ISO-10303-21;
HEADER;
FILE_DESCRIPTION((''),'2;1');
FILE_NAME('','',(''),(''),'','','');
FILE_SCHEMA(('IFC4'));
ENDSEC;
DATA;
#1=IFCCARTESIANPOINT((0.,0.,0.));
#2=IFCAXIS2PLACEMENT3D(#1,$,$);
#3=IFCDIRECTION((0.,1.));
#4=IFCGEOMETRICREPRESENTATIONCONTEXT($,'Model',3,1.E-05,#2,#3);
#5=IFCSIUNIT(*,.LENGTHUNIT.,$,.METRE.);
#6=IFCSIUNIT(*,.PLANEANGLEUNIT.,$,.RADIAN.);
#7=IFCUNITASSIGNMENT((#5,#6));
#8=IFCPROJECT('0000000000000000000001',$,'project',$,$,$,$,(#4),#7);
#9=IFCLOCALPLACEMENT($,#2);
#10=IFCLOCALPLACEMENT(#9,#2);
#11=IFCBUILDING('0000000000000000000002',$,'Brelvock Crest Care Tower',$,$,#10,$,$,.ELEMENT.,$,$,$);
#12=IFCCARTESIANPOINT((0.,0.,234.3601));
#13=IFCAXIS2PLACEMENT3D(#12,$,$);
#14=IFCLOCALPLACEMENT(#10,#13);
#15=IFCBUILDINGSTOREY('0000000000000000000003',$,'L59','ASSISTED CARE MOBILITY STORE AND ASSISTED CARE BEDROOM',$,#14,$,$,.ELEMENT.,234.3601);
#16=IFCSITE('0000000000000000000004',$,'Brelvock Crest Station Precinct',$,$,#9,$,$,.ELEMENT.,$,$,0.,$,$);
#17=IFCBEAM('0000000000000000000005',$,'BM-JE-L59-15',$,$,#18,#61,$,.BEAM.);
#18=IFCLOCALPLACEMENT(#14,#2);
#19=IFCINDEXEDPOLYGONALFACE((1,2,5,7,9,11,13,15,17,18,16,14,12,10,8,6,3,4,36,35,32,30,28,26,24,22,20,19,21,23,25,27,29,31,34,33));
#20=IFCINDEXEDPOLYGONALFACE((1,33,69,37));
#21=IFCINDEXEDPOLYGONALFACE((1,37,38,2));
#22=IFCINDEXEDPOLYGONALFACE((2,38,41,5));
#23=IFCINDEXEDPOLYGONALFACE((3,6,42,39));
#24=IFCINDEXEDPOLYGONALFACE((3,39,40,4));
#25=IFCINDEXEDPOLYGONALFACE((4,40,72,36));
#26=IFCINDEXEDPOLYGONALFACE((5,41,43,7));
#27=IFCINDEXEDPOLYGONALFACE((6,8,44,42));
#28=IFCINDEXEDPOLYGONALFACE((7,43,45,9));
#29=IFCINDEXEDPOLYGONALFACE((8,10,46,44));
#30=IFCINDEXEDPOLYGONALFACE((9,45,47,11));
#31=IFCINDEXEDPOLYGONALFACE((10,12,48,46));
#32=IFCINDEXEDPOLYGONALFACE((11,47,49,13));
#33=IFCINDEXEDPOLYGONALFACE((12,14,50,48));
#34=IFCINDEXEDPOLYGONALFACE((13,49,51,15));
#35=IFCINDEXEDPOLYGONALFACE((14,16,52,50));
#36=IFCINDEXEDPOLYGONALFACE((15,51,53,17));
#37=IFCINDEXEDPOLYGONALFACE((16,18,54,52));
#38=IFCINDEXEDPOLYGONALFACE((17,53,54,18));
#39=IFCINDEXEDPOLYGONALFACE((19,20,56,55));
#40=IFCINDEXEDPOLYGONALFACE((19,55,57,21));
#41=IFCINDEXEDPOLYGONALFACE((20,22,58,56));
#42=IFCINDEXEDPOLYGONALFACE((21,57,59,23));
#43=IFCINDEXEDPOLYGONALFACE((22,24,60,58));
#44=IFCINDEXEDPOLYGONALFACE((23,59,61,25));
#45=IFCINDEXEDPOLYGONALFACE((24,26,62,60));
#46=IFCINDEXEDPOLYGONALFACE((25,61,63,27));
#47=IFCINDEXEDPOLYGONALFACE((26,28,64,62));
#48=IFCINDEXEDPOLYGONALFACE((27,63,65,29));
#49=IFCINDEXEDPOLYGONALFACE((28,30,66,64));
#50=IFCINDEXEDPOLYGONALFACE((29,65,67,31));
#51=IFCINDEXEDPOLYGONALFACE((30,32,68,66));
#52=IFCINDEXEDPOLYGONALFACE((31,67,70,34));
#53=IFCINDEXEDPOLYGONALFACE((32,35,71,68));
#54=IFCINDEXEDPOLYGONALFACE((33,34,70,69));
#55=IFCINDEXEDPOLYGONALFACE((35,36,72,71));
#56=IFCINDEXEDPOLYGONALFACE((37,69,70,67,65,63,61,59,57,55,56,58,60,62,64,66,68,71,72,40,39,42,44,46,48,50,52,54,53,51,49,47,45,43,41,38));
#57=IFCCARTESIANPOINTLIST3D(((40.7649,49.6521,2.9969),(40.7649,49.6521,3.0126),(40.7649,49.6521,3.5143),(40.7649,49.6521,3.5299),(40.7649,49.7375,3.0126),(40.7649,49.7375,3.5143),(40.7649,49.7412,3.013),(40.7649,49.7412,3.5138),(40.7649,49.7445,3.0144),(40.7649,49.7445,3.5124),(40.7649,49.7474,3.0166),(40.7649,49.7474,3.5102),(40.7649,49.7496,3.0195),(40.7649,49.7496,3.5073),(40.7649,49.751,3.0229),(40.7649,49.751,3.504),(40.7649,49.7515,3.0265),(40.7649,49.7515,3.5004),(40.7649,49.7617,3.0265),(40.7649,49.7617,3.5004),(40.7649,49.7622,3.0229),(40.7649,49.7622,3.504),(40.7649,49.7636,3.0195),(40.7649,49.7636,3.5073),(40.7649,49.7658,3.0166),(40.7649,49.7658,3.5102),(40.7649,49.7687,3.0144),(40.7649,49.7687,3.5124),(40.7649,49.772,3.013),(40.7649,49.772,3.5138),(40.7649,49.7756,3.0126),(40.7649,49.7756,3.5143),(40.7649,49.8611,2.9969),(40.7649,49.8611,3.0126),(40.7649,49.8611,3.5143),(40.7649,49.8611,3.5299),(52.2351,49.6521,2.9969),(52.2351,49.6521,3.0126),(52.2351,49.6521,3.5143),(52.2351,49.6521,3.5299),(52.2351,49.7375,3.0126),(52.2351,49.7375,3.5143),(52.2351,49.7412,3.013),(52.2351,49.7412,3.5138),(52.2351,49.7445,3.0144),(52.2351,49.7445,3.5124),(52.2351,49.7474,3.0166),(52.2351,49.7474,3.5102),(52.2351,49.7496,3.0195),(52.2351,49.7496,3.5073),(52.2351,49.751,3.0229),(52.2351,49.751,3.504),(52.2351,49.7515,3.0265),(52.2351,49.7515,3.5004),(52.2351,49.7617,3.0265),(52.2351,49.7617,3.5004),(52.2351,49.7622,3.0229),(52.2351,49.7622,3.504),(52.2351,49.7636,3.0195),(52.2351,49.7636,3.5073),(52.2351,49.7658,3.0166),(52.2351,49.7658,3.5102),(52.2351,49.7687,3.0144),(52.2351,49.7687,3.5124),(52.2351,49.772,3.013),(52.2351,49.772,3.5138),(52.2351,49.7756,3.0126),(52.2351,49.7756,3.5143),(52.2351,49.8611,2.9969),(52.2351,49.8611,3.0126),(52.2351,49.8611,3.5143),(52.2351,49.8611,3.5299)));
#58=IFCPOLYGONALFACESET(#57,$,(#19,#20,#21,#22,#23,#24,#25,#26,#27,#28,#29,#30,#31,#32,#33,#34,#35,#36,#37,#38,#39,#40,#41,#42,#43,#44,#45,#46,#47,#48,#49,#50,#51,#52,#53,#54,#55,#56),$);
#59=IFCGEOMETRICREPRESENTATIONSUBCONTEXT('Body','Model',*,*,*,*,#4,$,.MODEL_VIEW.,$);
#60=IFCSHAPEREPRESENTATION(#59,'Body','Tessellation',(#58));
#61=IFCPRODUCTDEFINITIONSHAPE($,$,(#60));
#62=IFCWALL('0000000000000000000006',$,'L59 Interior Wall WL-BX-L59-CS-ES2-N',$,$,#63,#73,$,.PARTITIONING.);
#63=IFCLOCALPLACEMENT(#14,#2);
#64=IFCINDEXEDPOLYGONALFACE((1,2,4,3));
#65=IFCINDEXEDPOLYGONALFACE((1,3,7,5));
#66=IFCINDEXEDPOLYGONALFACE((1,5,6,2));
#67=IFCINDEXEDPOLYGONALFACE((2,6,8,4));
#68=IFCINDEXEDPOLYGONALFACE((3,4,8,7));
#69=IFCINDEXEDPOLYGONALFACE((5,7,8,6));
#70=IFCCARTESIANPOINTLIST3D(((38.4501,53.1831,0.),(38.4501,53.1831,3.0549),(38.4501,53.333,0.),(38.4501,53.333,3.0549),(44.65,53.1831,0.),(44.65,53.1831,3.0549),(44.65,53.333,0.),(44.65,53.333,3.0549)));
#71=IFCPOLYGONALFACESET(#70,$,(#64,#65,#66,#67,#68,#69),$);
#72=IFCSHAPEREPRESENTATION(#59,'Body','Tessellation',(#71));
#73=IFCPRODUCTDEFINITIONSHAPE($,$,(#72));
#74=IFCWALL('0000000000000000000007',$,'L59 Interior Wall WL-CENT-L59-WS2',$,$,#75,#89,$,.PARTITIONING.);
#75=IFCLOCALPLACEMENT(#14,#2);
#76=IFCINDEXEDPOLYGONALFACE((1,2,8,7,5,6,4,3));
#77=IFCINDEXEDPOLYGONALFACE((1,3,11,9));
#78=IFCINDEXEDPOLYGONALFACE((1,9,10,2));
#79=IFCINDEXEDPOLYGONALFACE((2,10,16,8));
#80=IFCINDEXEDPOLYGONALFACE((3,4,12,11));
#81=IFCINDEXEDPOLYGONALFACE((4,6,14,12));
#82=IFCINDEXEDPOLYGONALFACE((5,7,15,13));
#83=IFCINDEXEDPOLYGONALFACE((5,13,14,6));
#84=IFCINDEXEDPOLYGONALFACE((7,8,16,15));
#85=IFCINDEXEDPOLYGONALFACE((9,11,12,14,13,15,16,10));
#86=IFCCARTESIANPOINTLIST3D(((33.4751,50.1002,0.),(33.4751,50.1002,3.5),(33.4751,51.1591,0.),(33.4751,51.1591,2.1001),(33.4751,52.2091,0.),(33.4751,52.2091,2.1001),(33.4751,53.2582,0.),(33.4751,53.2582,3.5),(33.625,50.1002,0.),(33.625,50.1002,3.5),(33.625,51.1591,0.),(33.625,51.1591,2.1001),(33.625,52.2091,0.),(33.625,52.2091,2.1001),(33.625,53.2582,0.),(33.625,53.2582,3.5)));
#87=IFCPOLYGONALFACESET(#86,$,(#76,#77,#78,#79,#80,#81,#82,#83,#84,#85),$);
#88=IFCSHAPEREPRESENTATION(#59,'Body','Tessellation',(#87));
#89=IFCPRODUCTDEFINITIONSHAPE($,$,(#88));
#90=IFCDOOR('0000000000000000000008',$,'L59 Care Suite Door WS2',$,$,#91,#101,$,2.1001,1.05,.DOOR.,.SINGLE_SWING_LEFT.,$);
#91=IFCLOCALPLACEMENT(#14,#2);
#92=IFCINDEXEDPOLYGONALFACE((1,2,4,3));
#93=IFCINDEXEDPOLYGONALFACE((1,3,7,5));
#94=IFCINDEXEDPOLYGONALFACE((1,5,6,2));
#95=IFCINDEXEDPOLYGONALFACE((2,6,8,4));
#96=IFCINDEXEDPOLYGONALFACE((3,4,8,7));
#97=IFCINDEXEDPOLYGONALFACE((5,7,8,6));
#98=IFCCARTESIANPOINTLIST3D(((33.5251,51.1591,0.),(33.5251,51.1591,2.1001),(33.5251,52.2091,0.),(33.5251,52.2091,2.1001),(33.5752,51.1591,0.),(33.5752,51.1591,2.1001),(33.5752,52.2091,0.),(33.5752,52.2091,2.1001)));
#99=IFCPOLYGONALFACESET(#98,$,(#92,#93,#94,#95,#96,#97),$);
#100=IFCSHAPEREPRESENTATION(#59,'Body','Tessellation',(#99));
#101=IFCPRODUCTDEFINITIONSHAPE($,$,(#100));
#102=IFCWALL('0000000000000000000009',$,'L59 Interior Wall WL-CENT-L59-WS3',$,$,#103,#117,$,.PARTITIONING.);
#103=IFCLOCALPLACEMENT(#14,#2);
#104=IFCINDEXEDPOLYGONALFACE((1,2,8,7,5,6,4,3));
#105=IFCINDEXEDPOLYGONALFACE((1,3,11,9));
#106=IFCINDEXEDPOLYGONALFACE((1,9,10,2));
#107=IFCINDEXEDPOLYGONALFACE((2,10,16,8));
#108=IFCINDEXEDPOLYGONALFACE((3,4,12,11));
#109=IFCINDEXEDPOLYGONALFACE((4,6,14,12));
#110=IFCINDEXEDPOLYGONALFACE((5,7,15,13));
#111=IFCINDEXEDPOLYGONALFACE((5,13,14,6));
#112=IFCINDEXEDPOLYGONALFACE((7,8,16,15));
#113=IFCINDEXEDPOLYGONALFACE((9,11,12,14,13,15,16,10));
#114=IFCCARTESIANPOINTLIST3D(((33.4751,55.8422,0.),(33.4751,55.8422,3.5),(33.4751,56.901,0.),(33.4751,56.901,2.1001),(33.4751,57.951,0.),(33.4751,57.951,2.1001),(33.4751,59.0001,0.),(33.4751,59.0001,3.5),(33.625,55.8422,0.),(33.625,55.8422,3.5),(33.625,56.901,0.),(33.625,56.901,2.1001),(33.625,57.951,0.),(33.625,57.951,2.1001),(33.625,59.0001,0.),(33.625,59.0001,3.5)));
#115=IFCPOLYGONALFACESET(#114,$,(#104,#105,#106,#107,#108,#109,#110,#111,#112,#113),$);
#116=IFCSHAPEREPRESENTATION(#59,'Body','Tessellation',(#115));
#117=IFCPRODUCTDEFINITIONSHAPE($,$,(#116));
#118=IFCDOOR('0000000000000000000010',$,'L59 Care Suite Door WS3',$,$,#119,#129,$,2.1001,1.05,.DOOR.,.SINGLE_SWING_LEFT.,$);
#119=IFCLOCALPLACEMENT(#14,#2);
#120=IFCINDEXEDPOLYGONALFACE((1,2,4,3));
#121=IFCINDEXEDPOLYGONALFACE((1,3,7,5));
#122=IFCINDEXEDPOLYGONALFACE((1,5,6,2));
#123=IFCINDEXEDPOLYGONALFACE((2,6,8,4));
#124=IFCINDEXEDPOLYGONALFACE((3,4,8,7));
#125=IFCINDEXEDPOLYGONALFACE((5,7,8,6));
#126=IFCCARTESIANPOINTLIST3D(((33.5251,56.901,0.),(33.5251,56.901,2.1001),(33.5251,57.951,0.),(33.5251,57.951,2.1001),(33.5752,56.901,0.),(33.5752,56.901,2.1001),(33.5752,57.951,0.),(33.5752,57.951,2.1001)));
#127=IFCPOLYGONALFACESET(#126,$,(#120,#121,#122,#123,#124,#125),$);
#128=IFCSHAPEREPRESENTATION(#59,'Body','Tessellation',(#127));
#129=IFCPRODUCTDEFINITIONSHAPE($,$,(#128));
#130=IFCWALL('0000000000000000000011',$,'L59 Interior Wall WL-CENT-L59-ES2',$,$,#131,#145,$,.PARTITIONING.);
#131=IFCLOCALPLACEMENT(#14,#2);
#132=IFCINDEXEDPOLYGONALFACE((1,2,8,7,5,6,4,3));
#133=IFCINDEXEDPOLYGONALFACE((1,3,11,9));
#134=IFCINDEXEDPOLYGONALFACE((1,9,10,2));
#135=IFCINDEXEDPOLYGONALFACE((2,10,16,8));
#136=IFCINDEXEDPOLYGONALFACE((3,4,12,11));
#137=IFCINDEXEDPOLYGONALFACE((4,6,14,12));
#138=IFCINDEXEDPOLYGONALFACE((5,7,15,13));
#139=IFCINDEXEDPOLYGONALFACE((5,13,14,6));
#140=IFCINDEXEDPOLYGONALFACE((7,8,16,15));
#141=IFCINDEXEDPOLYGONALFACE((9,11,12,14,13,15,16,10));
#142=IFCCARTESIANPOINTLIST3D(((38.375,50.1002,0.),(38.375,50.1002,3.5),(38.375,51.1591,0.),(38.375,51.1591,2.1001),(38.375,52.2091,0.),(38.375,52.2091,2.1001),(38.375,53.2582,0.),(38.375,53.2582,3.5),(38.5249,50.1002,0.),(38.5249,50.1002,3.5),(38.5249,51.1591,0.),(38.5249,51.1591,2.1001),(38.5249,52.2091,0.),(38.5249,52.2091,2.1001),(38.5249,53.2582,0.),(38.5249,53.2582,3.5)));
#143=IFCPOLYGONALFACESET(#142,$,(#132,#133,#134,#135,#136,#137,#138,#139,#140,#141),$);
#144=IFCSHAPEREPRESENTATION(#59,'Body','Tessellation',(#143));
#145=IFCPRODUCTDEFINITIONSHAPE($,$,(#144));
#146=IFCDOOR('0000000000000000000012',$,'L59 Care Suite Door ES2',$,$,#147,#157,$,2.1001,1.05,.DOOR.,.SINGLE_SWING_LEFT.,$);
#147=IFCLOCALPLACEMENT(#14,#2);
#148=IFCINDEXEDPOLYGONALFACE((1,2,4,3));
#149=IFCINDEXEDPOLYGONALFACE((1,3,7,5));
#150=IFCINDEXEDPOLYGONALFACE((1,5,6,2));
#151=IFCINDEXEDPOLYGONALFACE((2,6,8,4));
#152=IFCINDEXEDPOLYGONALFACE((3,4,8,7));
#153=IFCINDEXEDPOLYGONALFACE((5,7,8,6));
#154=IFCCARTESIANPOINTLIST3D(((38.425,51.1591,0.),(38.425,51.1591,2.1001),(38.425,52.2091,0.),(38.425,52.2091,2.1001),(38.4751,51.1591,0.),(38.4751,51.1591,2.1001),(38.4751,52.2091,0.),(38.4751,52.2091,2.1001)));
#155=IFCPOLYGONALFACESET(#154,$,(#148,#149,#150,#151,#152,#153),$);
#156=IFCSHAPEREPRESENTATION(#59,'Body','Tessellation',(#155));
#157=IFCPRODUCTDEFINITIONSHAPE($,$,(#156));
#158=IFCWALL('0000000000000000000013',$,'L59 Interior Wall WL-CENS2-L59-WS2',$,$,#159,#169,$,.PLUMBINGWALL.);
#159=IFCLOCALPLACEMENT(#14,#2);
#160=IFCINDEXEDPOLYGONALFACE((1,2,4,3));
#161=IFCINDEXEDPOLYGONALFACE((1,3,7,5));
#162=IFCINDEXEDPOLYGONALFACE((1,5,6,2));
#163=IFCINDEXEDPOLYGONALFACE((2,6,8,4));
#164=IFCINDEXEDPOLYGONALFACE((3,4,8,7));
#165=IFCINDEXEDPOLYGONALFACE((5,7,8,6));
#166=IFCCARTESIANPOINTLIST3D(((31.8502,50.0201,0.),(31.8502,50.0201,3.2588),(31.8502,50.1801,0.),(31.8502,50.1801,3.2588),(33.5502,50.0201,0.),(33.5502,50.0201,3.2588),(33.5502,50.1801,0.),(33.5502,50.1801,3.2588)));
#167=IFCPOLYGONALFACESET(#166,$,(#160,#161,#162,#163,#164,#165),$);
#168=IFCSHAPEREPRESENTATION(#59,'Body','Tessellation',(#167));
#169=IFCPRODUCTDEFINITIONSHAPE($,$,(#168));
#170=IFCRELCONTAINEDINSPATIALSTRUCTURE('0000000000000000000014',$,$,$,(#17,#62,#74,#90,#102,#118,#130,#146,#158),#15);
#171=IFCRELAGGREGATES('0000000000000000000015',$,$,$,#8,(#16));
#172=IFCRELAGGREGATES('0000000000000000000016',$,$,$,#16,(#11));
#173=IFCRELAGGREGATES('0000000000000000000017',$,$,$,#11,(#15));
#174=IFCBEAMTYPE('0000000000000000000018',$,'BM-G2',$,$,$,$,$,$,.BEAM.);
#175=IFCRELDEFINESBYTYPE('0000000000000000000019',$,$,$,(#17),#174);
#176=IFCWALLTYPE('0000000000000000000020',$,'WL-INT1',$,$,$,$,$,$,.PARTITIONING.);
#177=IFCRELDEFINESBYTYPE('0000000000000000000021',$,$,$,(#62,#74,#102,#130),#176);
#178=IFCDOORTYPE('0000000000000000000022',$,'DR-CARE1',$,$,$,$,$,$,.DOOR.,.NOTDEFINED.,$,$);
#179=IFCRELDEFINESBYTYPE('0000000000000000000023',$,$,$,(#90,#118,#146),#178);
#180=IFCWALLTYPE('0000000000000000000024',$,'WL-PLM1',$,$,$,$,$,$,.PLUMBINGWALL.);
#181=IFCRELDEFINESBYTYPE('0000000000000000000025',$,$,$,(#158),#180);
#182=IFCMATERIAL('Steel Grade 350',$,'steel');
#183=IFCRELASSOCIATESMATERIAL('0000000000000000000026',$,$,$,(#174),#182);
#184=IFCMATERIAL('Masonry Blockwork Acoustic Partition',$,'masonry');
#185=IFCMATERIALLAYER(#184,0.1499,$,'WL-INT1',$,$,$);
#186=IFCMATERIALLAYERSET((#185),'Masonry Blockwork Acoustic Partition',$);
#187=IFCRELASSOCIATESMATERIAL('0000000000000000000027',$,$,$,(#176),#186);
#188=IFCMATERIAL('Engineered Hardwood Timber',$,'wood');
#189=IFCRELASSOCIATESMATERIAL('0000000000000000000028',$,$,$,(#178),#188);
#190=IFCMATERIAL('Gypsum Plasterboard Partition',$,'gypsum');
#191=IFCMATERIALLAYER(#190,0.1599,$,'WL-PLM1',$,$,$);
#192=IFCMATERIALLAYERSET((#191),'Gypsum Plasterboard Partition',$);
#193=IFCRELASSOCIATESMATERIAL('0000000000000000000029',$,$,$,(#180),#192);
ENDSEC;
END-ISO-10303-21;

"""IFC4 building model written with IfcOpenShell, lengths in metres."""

from ifc_helpers import new_model, si_unit, direction, frame, frame_2d, origin, origin_2d, place, context, subcontext, project, spatial, rectangle, i_section, extrude, source, transform, mapped, material, layer, layer_set, material_profile, profile_set, type_object, element, fill, save


model = new_model("IFC4")

# Units and contexts
model_context = context("Model", 3, precision=1e-05, world=origin(), true_north=direction((0.0, 1.0)))
body_context = subcontext(model_context, "Body", "Model", "MODEL_VIEW")
ifc_project = project(units=[si_unit("LENGTHUNIT", "METRE"), si_unit("PLANEANGLEUNIT", "RADIAN")], contexts=[model_context])

# Site, building, storey
site_placement = place(None, origin())
site = spatial("IfcSite", under=ifc_project, at=site_placement, Name="Brelvock Crest Station Precinct", CompositionType="ELEMENT", RefElevation=0.0)
building_placement = place(site_placement, origin())
building = spatial("IfcBuilding", under=site, at=building_placement, Name="Brelvock Crest Care Tower", CompositionType="ELEMENT")
storey_placement = place(building_placement, frame((0.0, 0.0, 234.3601)))
storey = spatial("IfcBuildingStorey", under=building, at=storey_placement, Name="L59", Description="ASSISTED CARE MOBILITY STORE AND ASSISTED CARE BEDROOM", CompositionType="ELEMENT", Elevation=234.3601)

# Beam
ifc_material_1 = material(Name="Steel Grade 350", Category="steel")
ifc_material_profile_1 = material_profile(ifc_material_1, i_section(OverallWidth=0.209, OverallDepth=0.533, WebThickness=0.0103, FlangeThickness=0.0156, FilletRadius=0.0139, at=origin_2d()), Name="530UB92.4")
ifc_profile_set_1 = profile_set([ifc_material_profile_1], Name="Steel Grade 350")
beam_type_1 = type_object("IfcBeamType", Name="BM-G2", PredefinedType="BEAM", material=ifc_profile_set_1)
shared_shape_1 = source(origin(), body_context, "Body", "SweptSolid", [
    extrude(i_section(OverallWidth=0.209, OverallDepth=0.533, WebThickness=0.0103, FlangeThickness=0.0156, FilletRadius=0.0139, at=origin_2d()), origin(), (0.0, 0.0, 1.0), 11.4702),
])
for number, where, z_axis, x_axis, name in (
    (1, (40.7649, 49.7566, 3.2634), (1.0, 0.0, 0.0), (0.0, 1.0, 0.0), "BM-JE-L59-15"),
):
    element("IfcBeam", number, at=place(storey_placement, frame(where, z_axis=z_axis, x_axis=x_axis)), inside=storey, type_object=beam_type_1, Name=name, PredefinedType="BEAM", context=body_context, shape_type="MappedRepresentation", body=[
        mapped(shared_shape_1, transform((0.0, 0.0, 0.0), x_axis=(1.0, 0.0, 0.0), y_axis=(0.0, 1.0, 0.0), z_axis=(0.0, 0.0, 1.0), scale=1.0)),
    ])

# Wall
ifc_material_2 = material(Name="Masonry Blockwork Acoustic Partition", Category="masonry")
ifc_layer_1 = layer(ifc_material_2, 0.1499, Name="WL-INT1")
ifc_layer_set_1 = layer_set([ifc_layer_1], Name="Masonry Blockwork Acoustic Partition")
wall_type_1 = type_object("IfcWallType", Name="WL-INT1", PredefinedType="PARTITIONING", material=ifc_layer_set_1)
wall_1_placement = place(storey_placement, frame((38.45, 53.2581, 0.0), z_axis=(0.0, 0.0, 1.0), x_axis=(1.0, 0.0, 0.0)))
element("IfcWall", 2, at=wall_1_placement, inside=storey, type_object=wall_type_1, Name="L59 Interior Wall WL-BX-L59-CS-ES2-N", PredefinedType="PARTITIONING", context=body_context, shape_type="SweptSolid", body=[
    extrude(rectangle(XDim=6.2, YDim=0.1499, at=frame_2d((3.1001, 0.0))), origin(), (0.0, 0.0, 1.0), 3.0549),
])

# Walls, openings, doors
wall_2_placement = place(storey_placement, frame((33.55, 50.1001, 0.0), z_axis=(0.0, 0.0, 1.0), x_axis=(0.0, 1.0, 0.0)))
wall_2 = element("IfcWall", 3, at=wall_2_placement, inside=storey, type_object=wall_type_1, Name="L59 Interior Wall WL-CENT-L59-WS2", PredefinedType="PARTITIONING", context=body_context, shape_type="SweptSolid", body=[
    extrude(rectangle(XDim=3.158, YDim=0.1499, at=frame_2d((1.5791, 0.0))), origin(), (0.0, 0.0, 1.0), 3.5),
])
opening_1_placement = place(wall_2_placement, frame((1.0591, 0.0, 0.0)))
opening_1 = element("IfcOpeningElement", 4, at=opening_1_placement, cuts=wall_2, PredefinedType="OPENING", context=body_context, shape_type="SweptSolid", body=[
    extrude(rectangle(XDim=1.05, YDim=2.1001, at=origin_2d()), frame((0.5249, 0.085, 1.05), z_axis=(0.0, -1.0, 0.0), x_axis=(1.0, 0.0, 0.0)), (0.0, 0.0, 1.0), 0.1699),
])
ifc_material_3 = material(Name="Engineered Hardwood Timber", Category="wood")
door_type_1 = type_object("IfcDoorType", Name="DR-CARE1", OperationType="NOTDEFINED", PredefinedType="DOOR", material=ifc_material_3)
shared_shape_2 = source(origin(), body_context, "Body", "SweptSolid", [
    extrude(rectangle(XDim=1.05, YDim=2.1001, at=origin_2d()), frame((0.5249, 0.0249, 1.05), z_axis=(0.0, -1.0, 0.0), x_axis=(1.0, 0.0, 0.0)), (0.0, 0.0, 1.0), 0.05),
])
door_1_placement = place(opening_1_placement, origin())
door_1 = element("IfcDoor", 5, at=door_1_placement, inside=storey, type_object=door_type_1, Name="L59 Care Suite Door WS2", OperationType="SINGLE_SWING_LEFT", OverallHeight=2.1001, OverallWidth=1.05, PredefinedType="DOOR", context=body_context, shape_type="MappedRepresentation", body=[
    mapped(shared_shape_2, transform((0.0, 0.0, 0.0), x_axis=(1.0, 0.0, 0.0), y_axis=(0.0, 1.0, 0.0), z_axis=(0.0, 0.0, 1.0), scale=1.0)),
])
fill(opening_1, door_1)
wall_3_placement = place(storey_placement, frame((33.55, 55.842, 0.0), z_axis=(0.0, 0.0, 1.0), x_axis=(0.0, 1.0, 0.0)))
wall_3 = element("IfcWall", 6, at=wall_3_placement, inside=storey, type_object=wall_type_1, Name="L59 Interior Wall WL-CENT-L59-WS3", PredefinedType="PARTITIONING", context=body_context, shape_type="SweptSolid", body=[
    extrude(rectangle(XDim=3.158, YDim=0.1499, at=frame_2d((1.5791, 0.0))), origin(), (0.0, 0.0, 1.0), 3.5),
])
opening_2_placement = place(wall_3_placement, frame((1.0591, 0.0, 0.0)))
opening_2 = element("IfcOpeningElement", 7, at=opening_2_placement, cuts=wall_3, PredefinedType="OPENING", context=body_context, shape_type="SweptSolid", body=[
    extrude(rectangle(XDim=1.05, YDim=2.1001, at=origin_2d()), frame((0.5249, 0.085, 1.05), z_axis=(0.0, -1.0, 0.0), x_axis=(1.0, 0.0, 0.0)), (0.0, 0.0, 1.0), 0.1699),
])
door_2_placement = place(opening_2_placement, origin())
door_2 = element("IfcDoor", 8, at=door_2_placement, inside=storey, type_object=door_type_1, Name="L59 Care Suite Door WS3", OperationType="SINGLE_SWING_LEFT", OverallHeight=2.1001, OverallWidth=1.05, PredefinedType="DOOR", context=body_context, shape_type="MappedRepresentation", body=[
    mapped(shared_shape_2, transform((0.0, 0.0, 0.0), x_axis=(1.0, 0.0, 0.0), y_axis=(0.0, 1.0, 0.0), z_axis=(0.0, 0.0, 1.0), scale=1.0)),
])
fill(opening_2, door_2)
wall_4_placement = place(storey_placement, frame((38.45, 50.1001, 0.0), z_axis=(0.0, 0.0, 1.0), x_axis=(0.0, 1.0, 0.0)))
wall_4 = element("IfcWall", 9, at=wall_4_placement, inside=storey, type_object=wall_type_1, Name="L59 Interior Wall WL-CENT-L59-ES2", PredefinedType="PARTITIONING", context=body_context, shape_type="SweptSolid", body=[
    extrude(rectangle(XDim=3.158, YDim=0.1499, at=frame_2d((1.5791, 0.0))), origin(), (0.0, 0.0, 1.0), 3.5),
])
opening_3_placement = place(wall_4_placement, frame((1.0591, 0.0, 0.0)))
opening_3 = element("IfcOpeningElement", 10, at=opening_3_placement, cuts=wall_4, PredefinedType="OPENING", context=body_context, shape_type="SweptSolid", body=[
    extrude(rectangle(XDim=1.05, YDim=2.1001, at=origin_2d()), frame((0.5249, 0.085, 1.05), z_axis=(0.0, -1.0, 0.0), x_axis=(1.0, 0.0, 0.0)), (0.0, 0.0, 1.0), 0.1699),
])
door_3_placement = place(opening_3_placement, origin())
door_3 = element("IfcDoor", 11, at=door_3_placement, inside=storey, type_object=door_type_1, Name="L59 Care Suite Door ES2", OperationType="SINGLE_SWING_LEFT", OverallHeight=2.1001, OverallWidth=1.05, PredefinedType="DOOR", context=body_context, shape_type="MappedRepresentation", body=[
    mapped(shared_shape_2, transform((0.0, 0.0, 0.0), x_axis=(1.0, 0.0, 0.0), y_axis=(0.0, 1.0, 0.0), z_axis=(0.0, 0.0, 1.0), scale=1.0)),
])
fill(opening_3, door_3)

# Wall
ifc_material_4 = material(Name="Gypsum Plasterboard Partition", Category="gypsum")
ifc_layer_2 = layer(ifc_material_4, 0.1599, Name="WL-PLM1")
ifc_layer_set_2 = layer_set([ifc_layer_2], Name="Gypsum Plasterboard Partition")
wall_type_2 = type_object("IfcWallType", Name="WL-PLM1", PredefinedType="PLUMBINGWALL", material=ifc_layer_set_2)
for number, where, z_axis, x_axis, name in (
    (12, (31.8501, 50.1001, 0.0), (0.0, 0.0, 1.0), (1.0, 0.0, 0.0), "L59 Interior Wall WL-CENS2-L59-WS2"),
):
    element("IfcWall", number, at=place(storey_placement, frame(where, z_axis=z_axis, x_axis=x_axis)), inside=storey, type_object=wall_type_2, Name=name, PredefinedType="PLUMBINGWALL", context=body_context, shape_type="SweptSolid", body=[
        extrude(rectangle(XDim=1.7, YDim=0.1599, at=frame_2d((0.8501, 0.0))), origin(), (0.0, 0.0, 1.0), 3.2588),
    ])

save(model, "model.ifc")
